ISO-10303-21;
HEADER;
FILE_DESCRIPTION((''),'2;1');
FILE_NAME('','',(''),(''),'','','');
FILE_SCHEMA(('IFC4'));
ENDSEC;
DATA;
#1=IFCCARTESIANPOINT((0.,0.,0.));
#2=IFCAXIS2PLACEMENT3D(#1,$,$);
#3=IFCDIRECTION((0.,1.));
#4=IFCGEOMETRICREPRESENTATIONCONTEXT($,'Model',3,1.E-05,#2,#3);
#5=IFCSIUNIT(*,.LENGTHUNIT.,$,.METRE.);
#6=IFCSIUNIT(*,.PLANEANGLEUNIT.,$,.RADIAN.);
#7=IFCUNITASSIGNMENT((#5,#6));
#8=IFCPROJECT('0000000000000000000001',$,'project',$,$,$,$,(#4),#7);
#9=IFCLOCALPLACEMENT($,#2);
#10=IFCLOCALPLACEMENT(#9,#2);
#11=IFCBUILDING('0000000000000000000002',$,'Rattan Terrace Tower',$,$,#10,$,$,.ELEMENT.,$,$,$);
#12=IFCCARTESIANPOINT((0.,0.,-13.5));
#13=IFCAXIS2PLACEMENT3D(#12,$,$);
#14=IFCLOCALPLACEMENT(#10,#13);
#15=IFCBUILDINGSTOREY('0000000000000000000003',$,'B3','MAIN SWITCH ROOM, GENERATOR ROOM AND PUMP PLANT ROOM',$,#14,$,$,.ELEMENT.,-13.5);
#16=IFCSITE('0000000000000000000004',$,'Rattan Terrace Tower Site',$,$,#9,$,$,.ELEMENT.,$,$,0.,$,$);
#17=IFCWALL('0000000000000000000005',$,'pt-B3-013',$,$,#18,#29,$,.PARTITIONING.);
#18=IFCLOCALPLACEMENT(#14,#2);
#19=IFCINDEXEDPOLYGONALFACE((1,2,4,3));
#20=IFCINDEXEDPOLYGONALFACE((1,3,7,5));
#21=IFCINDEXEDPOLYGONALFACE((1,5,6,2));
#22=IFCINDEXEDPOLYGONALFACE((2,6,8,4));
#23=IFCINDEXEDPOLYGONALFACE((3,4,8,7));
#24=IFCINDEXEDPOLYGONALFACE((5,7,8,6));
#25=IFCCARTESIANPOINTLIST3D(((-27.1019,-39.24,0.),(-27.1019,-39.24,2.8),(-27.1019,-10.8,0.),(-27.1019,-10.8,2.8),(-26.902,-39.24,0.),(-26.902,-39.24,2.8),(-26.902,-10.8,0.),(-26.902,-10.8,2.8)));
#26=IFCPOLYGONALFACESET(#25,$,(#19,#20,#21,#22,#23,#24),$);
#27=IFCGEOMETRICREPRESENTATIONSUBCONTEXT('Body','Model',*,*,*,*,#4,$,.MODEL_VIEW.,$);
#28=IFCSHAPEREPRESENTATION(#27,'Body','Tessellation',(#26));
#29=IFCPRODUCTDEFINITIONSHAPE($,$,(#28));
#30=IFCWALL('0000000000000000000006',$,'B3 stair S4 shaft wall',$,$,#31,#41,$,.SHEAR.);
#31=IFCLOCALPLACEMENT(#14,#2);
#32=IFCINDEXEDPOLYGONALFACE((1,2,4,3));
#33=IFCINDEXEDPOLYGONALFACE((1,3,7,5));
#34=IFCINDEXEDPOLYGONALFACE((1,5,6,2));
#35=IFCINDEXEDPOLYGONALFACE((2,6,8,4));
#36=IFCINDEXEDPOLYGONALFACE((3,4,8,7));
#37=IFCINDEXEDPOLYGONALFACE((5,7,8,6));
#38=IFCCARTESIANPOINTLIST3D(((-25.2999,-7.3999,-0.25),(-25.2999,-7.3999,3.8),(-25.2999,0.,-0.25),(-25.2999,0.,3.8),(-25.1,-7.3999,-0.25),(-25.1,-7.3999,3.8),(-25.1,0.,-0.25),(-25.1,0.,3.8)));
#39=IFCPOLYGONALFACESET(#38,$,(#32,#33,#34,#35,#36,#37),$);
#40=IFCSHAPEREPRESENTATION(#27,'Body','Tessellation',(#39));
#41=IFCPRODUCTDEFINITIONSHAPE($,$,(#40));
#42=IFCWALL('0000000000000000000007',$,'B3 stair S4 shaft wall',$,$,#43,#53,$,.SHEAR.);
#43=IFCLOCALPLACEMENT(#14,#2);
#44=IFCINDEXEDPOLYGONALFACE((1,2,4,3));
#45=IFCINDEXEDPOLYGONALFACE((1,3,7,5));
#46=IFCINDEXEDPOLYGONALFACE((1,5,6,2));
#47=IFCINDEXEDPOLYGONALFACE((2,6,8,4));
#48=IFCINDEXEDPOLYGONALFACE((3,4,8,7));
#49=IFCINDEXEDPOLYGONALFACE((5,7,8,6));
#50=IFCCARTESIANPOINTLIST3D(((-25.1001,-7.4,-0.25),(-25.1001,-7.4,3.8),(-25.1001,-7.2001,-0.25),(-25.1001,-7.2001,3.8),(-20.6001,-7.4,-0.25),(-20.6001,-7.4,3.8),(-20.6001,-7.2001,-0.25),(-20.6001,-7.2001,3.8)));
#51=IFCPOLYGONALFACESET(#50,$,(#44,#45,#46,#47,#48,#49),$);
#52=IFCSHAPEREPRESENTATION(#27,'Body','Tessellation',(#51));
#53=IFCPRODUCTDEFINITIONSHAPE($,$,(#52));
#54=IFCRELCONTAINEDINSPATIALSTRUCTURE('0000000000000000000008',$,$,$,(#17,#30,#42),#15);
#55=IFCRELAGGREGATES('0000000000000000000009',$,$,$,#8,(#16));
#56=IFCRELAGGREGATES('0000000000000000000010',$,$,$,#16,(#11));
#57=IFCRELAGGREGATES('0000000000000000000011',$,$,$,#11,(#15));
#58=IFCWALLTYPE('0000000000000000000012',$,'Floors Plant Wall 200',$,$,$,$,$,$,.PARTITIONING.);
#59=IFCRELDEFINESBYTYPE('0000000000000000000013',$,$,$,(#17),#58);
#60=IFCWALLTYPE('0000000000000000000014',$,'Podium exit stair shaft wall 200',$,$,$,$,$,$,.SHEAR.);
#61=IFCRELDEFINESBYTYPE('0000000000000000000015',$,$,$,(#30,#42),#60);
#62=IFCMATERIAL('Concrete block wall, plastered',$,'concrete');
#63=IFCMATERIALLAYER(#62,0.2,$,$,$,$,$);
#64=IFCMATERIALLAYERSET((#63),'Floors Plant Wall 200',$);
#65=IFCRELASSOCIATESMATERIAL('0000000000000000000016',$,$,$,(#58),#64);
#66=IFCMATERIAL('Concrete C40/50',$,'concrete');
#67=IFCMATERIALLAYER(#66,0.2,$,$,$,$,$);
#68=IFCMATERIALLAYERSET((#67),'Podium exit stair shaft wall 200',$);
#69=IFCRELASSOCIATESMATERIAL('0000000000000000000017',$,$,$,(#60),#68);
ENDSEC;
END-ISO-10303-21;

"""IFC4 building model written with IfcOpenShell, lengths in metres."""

from ifc_helpers import new_model, si_unit, direction, frame, frame_2d, origin, place, context, subcontext, project, spatial, rectangle, extrude, material, layer, layer_set, type_object, element, save


model = new_model("IFC4")

# Units and contexts
model_context = context("Model", 3, precision=1e-05, world=origin(), true_north=direction((0.0, 1.0)))
body_context = subcontext(model_context, "Body", "Model", "MODEL_VIEW")
ifc_project = project(units=[si_unit("LENGTHUNIT", "METRE"), si_unit("PLANEANGLEUNIT", "RADIAN")], contexts=[model_context])

# Site, building, storey
site_placement = place(None, origin())
site = spatial("IfcSite", under=ifc_project, at=site_placement, Name="Rattan Terrace Tower Site", CompositionType="ELEMENT", RefElevation=0.0)
building_placement = place(site_placement, origin())
building = spatial("IfcBuilding", under=site, at=building_placement, Name="Rattan Terrace Tower", CompositionType="ELEMENT")
storey_placement = place(building_placement, frame((0.0, 0.0, -13.5)))
storey = spatial("IfcBuildingStorey", under=building, at=storey_placement, Name="B3", Description="MAIN SWITCH ROOM, GENERATOR ROOM AND PUMP PLANT ROOM", CompositionType="ELEMENT", Elevation=-13.5)

# Shared definitions
ifc_material_1 = material(Name="Concrete block wall, plastered", Category="concrete")
ifc_layer_1 = layer(ifc_material_1, 0.2)
ifc_layer_set_1 = layer_set([ifc_layer_1], Name="Floors Plant Wall 200")
wall_type_1 = type_object("IfcWallType", Name="Floors Plant Wall 200", PredefinedType="PARTITIONING", material=ifc_layer_set_1)

# Walls
wall_1_placement = place(storey_placement, frame((-27.002, -10.8, 0.0), z_axis=(0.0, 0.0, 1.0), x_axis=(0.0, -1.0, 0.0)))
element("IfcWall", 1, at=wall_1_placement, inside=storey, type_object=wall_type_1, Name="pt-B3-013", PredefinedType="PARTITIONING", context=body_context, shape_type="SweptSolid", body=[
    extrude(rectangle(XDim=28.4399, YDim=0.2, at=frame_2d((14.22, 0.0))), origin(), (0.0, 0.0, 1.0), 2.8),
])
ifc_material_2 = material(Name="Concrete C40/50", Category="concrete")
ifc_layer_2 = layer(ifc_material_2, 0.2)
ifc_layer_set_2 = layer_set([ifc_layer_2], Name="Podium exit stair shaft wall 200")
wall_type_2 = type_object("IfcWallType", Name="Podium exit stair shaft wall 200", PredefinedType="SHEAR", material=ifc_layer_set_2)
wall_2_placement = place(storey_placement, frame((-25.2, -7.3999, -0.25), z_axis=(0.0, 0.0, 1.0), x_axis=(0.0, 1.0, 0.0)))
element("IfcWall", 2, at=wall_2_placement, inside=storey, type_object=wall_type_2, Name="B3 stair S4 shaft wall", PredefinedType="SHEAR", context=body_context, shape_type="SweptSolid", body=[
    extrude(rectangle(XDim=7.3999, YDim=0.2, at=frame_2d((3.7, 0.0))), origin(), (0.0, 0.0, 1.0), 4.05),
])
wall_3_placement = place(storey_placement, frame((-25.1001, -7.3, -0.25), z_axis=(0.0, 0.0, 1.0), x_axis=(1.0, 0.0, 0.0)))
element("IfcWall", 3, at=wall_3_placement, inside=storey, type_object=wall_type_2, Name="B3 stair S4 shaft wall", PredefinedType="SHEAR", context=body_context, shape_type="SweptSolid", body=[
    extrude(rectangle(XDim=4.5, YDim=0.2, at=frame_2d((2.25, 0.0))), origin(), (0.0, 0.0, 1.0), 4.05),
])

save(model, "model.ifc")
